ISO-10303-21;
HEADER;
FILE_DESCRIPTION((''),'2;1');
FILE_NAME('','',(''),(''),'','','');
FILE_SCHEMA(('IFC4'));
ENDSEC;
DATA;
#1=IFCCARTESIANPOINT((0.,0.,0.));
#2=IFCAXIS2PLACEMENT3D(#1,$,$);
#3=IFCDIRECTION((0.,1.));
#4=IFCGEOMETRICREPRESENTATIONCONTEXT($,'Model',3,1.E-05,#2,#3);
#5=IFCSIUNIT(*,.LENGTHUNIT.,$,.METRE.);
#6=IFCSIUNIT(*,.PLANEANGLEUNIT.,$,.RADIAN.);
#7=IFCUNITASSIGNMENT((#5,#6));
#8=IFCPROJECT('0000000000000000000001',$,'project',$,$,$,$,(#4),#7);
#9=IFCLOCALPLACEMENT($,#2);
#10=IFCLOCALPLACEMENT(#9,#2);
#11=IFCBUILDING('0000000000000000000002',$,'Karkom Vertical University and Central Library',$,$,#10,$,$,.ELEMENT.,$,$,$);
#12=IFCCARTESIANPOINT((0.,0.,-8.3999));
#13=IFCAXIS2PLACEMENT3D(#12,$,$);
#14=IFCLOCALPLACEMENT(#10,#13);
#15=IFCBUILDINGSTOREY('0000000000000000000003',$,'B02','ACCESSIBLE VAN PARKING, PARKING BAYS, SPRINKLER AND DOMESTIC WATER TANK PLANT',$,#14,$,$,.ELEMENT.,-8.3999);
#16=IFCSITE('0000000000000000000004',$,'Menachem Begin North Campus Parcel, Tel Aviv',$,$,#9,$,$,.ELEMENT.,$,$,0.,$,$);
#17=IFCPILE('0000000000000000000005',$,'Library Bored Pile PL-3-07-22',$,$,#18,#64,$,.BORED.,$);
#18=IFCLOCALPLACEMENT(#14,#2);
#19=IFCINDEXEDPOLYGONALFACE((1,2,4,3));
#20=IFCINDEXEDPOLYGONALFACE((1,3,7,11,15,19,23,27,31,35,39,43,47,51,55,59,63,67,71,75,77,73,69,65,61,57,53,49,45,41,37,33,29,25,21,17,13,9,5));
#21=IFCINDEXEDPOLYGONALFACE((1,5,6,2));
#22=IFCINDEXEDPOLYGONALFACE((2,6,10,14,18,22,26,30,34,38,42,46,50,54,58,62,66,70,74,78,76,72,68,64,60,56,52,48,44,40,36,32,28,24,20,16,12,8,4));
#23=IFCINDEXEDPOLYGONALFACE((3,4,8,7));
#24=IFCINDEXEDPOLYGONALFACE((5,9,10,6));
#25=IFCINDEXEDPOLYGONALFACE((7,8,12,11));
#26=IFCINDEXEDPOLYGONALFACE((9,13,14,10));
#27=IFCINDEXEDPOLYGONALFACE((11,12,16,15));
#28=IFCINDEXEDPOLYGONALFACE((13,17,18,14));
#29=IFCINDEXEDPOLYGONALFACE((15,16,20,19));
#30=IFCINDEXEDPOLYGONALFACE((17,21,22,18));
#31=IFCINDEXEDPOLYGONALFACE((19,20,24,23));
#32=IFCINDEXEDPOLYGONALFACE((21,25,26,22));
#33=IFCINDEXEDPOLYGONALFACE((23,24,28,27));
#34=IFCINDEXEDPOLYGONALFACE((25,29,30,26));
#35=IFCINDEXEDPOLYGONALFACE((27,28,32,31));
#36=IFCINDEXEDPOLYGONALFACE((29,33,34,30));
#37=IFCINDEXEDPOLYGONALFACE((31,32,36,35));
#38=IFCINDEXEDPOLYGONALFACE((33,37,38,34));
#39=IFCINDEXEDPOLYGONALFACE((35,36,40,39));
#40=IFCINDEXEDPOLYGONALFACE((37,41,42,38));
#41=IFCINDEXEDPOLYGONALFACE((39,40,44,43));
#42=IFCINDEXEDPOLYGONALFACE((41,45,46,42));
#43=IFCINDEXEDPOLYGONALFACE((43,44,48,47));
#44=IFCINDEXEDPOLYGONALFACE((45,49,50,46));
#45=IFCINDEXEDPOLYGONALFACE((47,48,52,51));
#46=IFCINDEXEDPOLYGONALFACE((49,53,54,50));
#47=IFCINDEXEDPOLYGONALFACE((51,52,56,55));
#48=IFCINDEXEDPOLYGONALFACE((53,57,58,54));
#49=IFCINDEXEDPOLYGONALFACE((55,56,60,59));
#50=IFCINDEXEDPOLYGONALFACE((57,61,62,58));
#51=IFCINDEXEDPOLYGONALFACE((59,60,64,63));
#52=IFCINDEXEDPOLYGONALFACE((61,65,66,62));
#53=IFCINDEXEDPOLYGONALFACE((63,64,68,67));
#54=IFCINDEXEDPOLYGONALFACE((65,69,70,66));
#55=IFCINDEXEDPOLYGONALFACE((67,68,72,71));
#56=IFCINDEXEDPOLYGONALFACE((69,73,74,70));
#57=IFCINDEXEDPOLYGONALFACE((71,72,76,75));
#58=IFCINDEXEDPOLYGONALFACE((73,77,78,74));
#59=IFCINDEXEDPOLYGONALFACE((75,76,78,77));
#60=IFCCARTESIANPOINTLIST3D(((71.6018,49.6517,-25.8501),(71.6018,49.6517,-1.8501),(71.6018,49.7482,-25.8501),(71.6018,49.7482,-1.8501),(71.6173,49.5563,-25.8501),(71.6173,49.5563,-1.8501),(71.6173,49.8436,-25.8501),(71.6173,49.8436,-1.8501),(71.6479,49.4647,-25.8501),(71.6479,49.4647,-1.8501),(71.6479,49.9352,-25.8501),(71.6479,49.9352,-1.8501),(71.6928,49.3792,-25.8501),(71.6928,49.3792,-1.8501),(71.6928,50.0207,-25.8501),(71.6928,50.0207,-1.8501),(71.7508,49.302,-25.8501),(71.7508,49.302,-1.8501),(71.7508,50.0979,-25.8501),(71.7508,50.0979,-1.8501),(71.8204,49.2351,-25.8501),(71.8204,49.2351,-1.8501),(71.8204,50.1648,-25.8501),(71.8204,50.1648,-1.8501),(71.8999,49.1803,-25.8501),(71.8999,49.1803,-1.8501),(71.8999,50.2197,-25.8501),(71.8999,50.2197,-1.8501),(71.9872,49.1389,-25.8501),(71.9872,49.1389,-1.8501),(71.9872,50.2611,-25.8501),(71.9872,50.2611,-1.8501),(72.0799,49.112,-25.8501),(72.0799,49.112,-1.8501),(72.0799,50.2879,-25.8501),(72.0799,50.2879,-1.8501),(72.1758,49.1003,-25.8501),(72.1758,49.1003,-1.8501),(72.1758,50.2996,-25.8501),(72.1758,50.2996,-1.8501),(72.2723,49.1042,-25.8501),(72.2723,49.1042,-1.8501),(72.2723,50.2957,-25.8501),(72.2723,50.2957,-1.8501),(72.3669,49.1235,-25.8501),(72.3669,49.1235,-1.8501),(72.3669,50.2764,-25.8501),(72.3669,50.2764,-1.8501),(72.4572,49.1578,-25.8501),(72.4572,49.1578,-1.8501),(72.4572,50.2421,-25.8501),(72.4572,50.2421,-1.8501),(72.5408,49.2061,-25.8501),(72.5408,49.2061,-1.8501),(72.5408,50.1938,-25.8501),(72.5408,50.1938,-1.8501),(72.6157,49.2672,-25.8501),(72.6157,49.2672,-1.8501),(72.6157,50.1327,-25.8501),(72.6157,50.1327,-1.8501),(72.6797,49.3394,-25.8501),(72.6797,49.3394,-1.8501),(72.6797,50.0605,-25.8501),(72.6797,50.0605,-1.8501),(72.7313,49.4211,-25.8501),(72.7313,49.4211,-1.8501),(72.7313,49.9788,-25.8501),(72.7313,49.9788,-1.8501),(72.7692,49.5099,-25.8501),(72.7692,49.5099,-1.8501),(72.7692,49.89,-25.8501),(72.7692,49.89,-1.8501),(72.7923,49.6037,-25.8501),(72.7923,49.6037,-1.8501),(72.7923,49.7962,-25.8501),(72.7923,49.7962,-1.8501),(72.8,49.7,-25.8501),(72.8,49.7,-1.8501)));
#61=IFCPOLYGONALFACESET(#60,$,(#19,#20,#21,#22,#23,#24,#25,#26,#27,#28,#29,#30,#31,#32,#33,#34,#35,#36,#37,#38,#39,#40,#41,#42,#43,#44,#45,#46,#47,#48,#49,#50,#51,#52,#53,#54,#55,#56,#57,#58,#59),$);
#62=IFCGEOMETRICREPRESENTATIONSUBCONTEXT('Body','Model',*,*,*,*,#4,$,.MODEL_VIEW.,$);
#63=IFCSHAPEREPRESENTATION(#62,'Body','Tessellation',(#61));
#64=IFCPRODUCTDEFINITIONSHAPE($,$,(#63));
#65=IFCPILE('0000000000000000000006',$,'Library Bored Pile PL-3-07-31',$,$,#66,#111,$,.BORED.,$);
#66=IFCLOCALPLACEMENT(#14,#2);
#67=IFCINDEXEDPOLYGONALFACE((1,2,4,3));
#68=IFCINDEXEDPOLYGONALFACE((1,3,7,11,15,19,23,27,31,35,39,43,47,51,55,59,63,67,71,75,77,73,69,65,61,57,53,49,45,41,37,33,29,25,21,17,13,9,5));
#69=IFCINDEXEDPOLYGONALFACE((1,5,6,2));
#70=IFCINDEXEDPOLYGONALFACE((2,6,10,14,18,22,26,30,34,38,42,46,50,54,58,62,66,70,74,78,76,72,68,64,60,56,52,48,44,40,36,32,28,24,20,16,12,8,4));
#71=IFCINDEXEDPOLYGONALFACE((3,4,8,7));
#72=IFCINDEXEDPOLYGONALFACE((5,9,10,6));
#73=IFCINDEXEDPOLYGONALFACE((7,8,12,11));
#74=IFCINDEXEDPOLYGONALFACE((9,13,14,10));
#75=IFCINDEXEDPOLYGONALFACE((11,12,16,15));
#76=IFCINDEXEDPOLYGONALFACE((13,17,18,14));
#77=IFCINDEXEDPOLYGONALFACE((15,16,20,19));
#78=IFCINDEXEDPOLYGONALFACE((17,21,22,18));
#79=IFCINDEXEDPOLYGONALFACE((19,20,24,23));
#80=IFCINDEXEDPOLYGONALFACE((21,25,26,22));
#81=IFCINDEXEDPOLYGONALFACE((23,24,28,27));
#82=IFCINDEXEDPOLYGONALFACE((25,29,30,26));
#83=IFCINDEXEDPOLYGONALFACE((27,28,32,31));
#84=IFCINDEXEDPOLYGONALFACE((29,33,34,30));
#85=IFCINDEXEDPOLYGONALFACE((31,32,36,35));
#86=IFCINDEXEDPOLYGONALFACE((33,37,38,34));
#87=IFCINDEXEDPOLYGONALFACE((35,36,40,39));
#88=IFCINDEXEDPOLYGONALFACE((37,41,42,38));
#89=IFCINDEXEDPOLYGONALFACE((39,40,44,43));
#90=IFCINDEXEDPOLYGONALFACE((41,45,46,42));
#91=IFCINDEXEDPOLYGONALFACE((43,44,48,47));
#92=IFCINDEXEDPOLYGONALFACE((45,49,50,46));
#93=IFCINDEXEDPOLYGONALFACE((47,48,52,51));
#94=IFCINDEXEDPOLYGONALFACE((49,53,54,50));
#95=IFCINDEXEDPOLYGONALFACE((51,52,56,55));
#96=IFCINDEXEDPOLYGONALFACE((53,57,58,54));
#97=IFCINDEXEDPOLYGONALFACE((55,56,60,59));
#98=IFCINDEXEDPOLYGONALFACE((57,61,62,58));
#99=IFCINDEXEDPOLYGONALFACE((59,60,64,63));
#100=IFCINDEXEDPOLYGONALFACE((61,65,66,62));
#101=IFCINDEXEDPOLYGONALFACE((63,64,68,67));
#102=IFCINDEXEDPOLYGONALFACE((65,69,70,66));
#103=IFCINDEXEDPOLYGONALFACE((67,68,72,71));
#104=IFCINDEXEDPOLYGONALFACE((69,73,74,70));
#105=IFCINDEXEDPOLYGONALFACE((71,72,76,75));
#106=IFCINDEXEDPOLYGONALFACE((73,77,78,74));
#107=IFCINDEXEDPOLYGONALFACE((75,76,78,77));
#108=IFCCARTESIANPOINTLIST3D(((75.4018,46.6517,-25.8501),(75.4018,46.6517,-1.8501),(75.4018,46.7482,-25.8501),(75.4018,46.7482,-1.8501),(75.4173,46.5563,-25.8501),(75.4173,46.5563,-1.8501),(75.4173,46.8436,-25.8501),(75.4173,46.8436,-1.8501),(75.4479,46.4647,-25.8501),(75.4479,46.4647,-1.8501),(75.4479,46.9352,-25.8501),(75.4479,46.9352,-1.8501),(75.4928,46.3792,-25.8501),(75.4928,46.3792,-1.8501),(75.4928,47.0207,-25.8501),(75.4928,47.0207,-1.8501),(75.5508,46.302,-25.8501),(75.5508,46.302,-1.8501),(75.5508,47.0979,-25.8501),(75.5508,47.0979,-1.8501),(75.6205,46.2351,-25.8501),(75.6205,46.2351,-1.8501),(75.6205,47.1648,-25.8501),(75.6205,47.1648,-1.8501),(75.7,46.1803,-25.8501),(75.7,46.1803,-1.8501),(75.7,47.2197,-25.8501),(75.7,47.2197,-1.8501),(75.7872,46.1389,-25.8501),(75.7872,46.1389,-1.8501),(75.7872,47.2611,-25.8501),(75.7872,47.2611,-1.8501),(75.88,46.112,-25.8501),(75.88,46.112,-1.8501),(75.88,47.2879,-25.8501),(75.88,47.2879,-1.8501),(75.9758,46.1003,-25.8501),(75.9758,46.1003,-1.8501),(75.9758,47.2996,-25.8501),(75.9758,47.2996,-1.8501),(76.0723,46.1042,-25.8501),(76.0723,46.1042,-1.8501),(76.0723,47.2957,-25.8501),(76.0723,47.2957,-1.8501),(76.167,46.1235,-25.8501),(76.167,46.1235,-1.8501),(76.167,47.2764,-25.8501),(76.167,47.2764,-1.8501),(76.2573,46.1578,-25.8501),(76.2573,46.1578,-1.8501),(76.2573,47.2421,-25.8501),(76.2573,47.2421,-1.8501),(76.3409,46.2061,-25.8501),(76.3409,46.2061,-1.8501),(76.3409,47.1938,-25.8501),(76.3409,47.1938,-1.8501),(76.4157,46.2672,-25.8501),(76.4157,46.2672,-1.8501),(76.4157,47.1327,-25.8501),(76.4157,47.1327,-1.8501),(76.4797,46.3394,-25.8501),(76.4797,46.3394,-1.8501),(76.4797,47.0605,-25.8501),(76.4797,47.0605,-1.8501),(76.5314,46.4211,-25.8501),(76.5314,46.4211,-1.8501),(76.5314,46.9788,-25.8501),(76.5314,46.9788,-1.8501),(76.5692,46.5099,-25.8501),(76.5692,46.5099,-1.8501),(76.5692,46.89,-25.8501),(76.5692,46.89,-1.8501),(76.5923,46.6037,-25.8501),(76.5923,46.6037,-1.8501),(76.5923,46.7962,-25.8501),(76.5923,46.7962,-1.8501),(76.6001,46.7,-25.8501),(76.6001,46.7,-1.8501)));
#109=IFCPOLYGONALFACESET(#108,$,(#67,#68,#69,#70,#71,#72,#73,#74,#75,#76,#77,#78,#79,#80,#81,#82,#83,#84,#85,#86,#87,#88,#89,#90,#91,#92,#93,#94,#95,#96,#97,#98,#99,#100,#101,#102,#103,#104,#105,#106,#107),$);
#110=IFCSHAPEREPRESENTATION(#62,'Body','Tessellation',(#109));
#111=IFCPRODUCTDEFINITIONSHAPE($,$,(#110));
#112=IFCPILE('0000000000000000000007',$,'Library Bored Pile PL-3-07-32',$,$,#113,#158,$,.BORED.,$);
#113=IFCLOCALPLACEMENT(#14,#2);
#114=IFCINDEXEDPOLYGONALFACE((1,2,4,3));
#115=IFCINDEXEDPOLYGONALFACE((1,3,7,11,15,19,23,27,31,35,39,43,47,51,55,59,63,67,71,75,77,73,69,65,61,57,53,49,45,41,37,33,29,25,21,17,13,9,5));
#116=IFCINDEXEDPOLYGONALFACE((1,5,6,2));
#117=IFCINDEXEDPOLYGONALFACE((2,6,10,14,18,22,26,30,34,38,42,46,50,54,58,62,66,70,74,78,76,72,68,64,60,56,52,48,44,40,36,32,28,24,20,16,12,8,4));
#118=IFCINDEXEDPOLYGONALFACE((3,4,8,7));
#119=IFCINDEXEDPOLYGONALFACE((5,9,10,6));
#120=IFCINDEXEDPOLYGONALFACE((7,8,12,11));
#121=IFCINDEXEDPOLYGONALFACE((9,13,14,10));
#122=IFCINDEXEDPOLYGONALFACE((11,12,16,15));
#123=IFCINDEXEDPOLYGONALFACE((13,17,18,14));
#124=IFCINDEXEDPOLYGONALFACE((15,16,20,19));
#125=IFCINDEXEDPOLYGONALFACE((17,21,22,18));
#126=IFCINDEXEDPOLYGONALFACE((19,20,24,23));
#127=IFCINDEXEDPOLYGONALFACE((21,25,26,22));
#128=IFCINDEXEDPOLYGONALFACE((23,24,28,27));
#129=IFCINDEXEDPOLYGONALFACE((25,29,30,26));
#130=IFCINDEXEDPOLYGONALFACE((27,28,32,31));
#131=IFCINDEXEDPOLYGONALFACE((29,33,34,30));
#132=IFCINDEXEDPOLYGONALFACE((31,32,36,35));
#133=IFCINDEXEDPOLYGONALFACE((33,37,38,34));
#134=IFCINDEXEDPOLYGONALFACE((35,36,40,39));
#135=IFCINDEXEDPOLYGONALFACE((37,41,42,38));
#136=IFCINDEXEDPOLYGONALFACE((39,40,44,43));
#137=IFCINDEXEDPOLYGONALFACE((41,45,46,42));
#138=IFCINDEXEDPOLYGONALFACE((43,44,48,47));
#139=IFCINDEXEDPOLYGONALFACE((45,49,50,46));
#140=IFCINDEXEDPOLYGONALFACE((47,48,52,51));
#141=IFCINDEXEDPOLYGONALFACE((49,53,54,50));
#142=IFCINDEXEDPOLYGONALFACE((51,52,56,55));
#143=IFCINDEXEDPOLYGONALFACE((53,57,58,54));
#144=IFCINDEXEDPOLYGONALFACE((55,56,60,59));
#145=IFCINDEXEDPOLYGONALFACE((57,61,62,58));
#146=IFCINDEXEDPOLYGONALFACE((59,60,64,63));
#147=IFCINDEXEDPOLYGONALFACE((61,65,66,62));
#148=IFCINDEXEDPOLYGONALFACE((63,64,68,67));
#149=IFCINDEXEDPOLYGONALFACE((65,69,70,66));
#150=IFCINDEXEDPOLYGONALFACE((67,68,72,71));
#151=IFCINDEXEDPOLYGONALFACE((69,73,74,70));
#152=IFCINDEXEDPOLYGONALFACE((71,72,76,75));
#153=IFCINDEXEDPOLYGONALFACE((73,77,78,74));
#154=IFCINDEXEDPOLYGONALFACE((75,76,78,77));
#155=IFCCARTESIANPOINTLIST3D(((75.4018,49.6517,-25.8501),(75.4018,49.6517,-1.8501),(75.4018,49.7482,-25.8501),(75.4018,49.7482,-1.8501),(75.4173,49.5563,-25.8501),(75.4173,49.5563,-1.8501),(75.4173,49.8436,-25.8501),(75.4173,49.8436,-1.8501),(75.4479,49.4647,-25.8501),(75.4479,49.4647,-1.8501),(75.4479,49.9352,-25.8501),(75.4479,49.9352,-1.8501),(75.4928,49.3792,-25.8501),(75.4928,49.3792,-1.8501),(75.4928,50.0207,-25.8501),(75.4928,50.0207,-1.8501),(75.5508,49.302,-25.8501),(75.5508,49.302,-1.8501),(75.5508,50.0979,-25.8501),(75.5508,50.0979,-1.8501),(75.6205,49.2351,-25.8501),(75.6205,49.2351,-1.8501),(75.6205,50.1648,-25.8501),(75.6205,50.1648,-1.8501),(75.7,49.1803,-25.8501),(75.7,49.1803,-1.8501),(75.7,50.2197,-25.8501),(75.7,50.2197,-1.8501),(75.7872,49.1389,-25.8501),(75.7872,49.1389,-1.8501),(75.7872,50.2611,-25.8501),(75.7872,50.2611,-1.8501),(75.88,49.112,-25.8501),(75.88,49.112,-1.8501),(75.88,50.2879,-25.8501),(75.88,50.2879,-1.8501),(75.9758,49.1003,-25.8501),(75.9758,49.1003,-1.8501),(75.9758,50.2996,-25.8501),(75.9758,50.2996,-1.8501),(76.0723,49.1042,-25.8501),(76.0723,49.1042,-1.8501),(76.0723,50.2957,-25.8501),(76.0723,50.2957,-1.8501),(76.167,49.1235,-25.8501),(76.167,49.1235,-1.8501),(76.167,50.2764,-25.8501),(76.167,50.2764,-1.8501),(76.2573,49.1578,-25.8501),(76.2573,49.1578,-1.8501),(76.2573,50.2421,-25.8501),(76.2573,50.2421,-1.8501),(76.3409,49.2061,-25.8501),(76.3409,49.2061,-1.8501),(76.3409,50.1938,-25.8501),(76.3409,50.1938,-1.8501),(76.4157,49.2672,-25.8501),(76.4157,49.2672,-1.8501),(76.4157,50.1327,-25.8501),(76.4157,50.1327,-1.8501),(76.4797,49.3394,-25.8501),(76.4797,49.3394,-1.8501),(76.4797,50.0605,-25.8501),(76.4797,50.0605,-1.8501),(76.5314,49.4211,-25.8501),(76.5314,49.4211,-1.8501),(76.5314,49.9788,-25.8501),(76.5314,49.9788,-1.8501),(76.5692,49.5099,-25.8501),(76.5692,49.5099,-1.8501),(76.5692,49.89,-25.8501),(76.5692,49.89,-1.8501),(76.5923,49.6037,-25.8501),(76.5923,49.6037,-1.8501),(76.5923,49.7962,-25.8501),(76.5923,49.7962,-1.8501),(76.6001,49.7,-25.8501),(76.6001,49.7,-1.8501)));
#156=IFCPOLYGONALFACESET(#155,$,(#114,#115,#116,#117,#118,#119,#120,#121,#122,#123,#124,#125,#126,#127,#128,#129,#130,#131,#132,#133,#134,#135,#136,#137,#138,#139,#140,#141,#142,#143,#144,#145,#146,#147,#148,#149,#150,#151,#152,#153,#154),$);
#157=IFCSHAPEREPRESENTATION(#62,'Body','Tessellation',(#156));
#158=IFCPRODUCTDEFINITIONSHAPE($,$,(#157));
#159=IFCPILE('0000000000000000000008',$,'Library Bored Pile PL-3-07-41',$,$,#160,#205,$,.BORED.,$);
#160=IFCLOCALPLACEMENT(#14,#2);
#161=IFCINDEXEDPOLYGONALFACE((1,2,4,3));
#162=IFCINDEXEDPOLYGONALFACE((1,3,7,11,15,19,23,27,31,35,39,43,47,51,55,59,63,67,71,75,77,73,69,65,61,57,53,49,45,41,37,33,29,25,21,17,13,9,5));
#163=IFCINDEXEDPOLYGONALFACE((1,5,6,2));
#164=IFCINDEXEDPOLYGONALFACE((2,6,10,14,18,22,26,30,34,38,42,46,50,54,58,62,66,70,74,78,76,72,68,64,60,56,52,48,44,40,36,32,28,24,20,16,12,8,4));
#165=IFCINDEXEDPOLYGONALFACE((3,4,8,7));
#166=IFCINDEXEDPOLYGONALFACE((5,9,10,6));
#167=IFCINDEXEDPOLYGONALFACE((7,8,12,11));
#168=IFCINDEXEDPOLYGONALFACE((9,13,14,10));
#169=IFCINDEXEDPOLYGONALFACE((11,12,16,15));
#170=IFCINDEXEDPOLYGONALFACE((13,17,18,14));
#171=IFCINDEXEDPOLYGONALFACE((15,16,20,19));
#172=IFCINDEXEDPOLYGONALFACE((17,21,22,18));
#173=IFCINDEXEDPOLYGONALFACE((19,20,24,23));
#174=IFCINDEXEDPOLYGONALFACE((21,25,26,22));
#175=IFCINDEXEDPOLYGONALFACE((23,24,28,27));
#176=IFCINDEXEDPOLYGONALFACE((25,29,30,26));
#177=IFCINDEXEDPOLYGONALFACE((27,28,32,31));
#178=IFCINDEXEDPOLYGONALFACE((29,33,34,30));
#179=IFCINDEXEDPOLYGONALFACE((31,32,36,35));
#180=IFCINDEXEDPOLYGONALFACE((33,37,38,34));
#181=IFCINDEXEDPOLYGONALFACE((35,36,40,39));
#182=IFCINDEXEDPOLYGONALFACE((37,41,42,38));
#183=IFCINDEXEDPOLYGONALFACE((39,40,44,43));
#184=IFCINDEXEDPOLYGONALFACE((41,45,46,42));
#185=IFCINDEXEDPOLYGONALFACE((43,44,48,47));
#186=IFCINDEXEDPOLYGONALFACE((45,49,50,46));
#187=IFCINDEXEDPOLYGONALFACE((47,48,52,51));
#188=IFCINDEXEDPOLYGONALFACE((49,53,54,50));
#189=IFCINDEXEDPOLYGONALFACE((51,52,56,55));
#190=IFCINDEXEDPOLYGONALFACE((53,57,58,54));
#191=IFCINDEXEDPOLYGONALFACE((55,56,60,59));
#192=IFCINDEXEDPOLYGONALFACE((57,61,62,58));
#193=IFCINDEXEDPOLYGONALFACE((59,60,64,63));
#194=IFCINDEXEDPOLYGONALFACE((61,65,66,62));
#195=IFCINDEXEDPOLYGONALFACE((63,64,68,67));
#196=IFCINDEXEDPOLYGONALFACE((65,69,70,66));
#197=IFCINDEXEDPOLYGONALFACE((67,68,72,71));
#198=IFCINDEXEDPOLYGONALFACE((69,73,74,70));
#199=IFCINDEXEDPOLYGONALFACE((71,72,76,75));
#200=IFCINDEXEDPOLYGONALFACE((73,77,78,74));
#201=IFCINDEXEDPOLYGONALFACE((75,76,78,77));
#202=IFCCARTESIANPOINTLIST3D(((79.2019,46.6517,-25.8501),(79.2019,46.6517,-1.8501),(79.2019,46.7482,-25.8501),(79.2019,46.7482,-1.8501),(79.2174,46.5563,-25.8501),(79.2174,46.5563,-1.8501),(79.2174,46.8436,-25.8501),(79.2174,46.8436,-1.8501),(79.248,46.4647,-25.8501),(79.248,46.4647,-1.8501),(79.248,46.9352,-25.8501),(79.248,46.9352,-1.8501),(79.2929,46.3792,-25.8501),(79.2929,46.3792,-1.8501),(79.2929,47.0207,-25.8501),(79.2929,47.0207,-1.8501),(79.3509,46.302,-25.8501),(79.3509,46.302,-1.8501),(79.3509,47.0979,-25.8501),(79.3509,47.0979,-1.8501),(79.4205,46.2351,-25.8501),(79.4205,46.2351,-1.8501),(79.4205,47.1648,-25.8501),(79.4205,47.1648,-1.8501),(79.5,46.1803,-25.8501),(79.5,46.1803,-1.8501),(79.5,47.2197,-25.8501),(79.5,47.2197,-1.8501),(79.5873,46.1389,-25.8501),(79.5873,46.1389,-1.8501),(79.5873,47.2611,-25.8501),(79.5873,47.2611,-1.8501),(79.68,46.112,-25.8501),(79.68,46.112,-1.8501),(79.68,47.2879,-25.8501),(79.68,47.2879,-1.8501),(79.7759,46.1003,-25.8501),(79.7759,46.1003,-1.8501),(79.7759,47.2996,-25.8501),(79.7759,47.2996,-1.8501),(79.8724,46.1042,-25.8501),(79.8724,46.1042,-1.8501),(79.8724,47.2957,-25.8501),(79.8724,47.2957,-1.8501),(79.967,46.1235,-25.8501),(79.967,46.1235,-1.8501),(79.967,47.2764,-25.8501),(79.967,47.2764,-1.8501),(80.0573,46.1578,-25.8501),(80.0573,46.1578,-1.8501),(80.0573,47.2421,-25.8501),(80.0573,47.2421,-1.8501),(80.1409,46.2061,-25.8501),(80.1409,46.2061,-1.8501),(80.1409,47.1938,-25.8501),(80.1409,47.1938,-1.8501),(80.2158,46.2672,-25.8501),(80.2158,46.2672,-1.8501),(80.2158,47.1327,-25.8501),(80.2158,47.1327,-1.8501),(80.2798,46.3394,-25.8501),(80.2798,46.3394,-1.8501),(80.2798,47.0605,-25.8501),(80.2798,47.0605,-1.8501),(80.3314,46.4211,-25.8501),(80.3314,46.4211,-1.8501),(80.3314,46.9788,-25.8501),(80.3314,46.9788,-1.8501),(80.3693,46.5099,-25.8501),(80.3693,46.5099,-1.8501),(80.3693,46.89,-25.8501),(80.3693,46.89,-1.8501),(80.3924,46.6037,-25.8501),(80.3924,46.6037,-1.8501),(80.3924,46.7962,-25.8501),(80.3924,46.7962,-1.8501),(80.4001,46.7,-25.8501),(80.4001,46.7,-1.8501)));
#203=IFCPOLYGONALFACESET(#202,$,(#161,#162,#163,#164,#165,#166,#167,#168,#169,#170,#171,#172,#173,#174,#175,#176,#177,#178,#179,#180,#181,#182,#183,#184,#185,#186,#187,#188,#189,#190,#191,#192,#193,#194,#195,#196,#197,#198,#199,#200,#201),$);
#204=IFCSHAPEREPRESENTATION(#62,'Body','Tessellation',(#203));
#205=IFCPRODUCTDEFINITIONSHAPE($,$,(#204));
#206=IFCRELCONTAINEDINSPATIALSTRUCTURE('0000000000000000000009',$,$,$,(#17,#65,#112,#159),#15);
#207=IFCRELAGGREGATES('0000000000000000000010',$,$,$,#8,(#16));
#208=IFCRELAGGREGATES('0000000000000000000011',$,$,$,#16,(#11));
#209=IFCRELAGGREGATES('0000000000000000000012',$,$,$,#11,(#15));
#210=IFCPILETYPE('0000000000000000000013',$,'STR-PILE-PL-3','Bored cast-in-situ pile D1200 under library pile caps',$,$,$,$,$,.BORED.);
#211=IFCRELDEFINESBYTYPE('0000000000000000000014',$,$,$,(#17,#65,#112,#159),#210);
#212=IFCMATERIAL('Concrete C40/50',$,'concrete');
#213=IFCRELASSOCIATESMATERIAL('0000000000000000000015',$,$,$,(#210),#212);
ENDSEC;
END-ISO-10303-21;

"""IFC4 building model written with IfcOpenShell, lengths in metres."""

from ifc_helpers import new_model, si_unit, direction, frame, origin, origin_with_axes, origin_2d, place, context, subcontext, project, spatial, circle, extrude, source, transform, mapped, material, material_profile, profile_set, type_object, element, save


model = new_model("IFC4")

# Units and contexts
model_context = context("Model", 3, precision=1e-05, world=origin(), true_north=direction((0.0, 1.0)))
body_context = subcontext(model_context, "Body", "Model", "MODEL_VIEW")
ifc_project = project(units=[si_unit("LENGTHUNIT", "METRE"), si_unit("PLANEANGLEUNIT", "RADIAN")], contexts=[model_context])

# Site, building, storey
site_placement = place(None, origin())
site = spatial("IfcSite", under=ifc_project, at=site_placement, Name="Menachem Begin North Campus Parcel, Tel Aviv", CompositionType="ELEMENT", RefElevation=0.0)
building_placement = place(site_placement, origin())
building = spatial("IfcBuilding", under=site, at=building_placement, Name="Karkom Vertical University and Central Library", CompositionType="ELEMENT")
storey_placement = place(building_placement, frame((0.0, 0.0, -8.3999)))
storey = spatial("IfcBuildingStorey", under=building, at=storey_placement, Name="B02", Description="ACCESSIBLE VAN PARKING, PARKING BAYS, SPRINKLER AND DOMESTIC WATER TANK PLANT", CompositionType="ELEMENT", Elevation=-8.3999)

# Piles
ifc_material_1 = material(Name="Concrete C40/50", Category="concrete")
ifc_material_profile_1 = material_profile(ifc_material_1, circle(Radius=0.6001, at=origin_2d()), Name="PILE-D1200")
ifc_profile_set_1 = profile_set([ifc_material_profile_1], Name="Concrete C40/50")
pile_type = type_object("IfcPileType", Name="STR-PILE-PL-3", Description="Bored cast-in-situ pile D1200 under library pile caps", PredefinedType="BORED", material=ifc_profile_set_1)
shared_shape_1 = source(origin_with_axes(), body_context, "Body", "SweptSolid", [
    extrude(circle(Radius=0.6001, at=origin_2d()), origin(), (0.0, 0.0, 1.0), 24.0),
])
for number, where, z_axis, x_axis, name in (
    (1, (72.2, 49.7, -1.8501), (0.0, 0.0, -1.0), (1.0, 0.0, 0.0), "Library Bored Pile PL-3-07-22"),
    (2, (76.0, 46.7, -1.8501), (0.0, 0.0, -1.0), (1.0, 0.0, 0.0), "Library Bored Pile PL-3-07-31"),
    (3, (76.0, 49.7, -1.8501), (0.0, 0.0, -1.0), (1.0, 0.0, 0.0), "Library Bored Pile PL-3-07-32"),
    (4, (79.8, 46.7, -1.8501), (0.0, 0.0, -1.0), (1.0, 0.0, 0.0), "Library Bored Pile PL-3-07-41"),
):
    element("IfcPile", number, at=place(storey_placement, frame(where, z_axis=z_axis, x_axis=x_axis)), inside=storey, type_object=pile_type, Name=name, PredefinedType="BORED", context=body_context, shape_type="MappedRepresentation", body=[
        mapped(shared_shape_1, transform((0.0, 0.0, 0.0), scale=1.0)),
    ])

save(model, "model.ifc")
